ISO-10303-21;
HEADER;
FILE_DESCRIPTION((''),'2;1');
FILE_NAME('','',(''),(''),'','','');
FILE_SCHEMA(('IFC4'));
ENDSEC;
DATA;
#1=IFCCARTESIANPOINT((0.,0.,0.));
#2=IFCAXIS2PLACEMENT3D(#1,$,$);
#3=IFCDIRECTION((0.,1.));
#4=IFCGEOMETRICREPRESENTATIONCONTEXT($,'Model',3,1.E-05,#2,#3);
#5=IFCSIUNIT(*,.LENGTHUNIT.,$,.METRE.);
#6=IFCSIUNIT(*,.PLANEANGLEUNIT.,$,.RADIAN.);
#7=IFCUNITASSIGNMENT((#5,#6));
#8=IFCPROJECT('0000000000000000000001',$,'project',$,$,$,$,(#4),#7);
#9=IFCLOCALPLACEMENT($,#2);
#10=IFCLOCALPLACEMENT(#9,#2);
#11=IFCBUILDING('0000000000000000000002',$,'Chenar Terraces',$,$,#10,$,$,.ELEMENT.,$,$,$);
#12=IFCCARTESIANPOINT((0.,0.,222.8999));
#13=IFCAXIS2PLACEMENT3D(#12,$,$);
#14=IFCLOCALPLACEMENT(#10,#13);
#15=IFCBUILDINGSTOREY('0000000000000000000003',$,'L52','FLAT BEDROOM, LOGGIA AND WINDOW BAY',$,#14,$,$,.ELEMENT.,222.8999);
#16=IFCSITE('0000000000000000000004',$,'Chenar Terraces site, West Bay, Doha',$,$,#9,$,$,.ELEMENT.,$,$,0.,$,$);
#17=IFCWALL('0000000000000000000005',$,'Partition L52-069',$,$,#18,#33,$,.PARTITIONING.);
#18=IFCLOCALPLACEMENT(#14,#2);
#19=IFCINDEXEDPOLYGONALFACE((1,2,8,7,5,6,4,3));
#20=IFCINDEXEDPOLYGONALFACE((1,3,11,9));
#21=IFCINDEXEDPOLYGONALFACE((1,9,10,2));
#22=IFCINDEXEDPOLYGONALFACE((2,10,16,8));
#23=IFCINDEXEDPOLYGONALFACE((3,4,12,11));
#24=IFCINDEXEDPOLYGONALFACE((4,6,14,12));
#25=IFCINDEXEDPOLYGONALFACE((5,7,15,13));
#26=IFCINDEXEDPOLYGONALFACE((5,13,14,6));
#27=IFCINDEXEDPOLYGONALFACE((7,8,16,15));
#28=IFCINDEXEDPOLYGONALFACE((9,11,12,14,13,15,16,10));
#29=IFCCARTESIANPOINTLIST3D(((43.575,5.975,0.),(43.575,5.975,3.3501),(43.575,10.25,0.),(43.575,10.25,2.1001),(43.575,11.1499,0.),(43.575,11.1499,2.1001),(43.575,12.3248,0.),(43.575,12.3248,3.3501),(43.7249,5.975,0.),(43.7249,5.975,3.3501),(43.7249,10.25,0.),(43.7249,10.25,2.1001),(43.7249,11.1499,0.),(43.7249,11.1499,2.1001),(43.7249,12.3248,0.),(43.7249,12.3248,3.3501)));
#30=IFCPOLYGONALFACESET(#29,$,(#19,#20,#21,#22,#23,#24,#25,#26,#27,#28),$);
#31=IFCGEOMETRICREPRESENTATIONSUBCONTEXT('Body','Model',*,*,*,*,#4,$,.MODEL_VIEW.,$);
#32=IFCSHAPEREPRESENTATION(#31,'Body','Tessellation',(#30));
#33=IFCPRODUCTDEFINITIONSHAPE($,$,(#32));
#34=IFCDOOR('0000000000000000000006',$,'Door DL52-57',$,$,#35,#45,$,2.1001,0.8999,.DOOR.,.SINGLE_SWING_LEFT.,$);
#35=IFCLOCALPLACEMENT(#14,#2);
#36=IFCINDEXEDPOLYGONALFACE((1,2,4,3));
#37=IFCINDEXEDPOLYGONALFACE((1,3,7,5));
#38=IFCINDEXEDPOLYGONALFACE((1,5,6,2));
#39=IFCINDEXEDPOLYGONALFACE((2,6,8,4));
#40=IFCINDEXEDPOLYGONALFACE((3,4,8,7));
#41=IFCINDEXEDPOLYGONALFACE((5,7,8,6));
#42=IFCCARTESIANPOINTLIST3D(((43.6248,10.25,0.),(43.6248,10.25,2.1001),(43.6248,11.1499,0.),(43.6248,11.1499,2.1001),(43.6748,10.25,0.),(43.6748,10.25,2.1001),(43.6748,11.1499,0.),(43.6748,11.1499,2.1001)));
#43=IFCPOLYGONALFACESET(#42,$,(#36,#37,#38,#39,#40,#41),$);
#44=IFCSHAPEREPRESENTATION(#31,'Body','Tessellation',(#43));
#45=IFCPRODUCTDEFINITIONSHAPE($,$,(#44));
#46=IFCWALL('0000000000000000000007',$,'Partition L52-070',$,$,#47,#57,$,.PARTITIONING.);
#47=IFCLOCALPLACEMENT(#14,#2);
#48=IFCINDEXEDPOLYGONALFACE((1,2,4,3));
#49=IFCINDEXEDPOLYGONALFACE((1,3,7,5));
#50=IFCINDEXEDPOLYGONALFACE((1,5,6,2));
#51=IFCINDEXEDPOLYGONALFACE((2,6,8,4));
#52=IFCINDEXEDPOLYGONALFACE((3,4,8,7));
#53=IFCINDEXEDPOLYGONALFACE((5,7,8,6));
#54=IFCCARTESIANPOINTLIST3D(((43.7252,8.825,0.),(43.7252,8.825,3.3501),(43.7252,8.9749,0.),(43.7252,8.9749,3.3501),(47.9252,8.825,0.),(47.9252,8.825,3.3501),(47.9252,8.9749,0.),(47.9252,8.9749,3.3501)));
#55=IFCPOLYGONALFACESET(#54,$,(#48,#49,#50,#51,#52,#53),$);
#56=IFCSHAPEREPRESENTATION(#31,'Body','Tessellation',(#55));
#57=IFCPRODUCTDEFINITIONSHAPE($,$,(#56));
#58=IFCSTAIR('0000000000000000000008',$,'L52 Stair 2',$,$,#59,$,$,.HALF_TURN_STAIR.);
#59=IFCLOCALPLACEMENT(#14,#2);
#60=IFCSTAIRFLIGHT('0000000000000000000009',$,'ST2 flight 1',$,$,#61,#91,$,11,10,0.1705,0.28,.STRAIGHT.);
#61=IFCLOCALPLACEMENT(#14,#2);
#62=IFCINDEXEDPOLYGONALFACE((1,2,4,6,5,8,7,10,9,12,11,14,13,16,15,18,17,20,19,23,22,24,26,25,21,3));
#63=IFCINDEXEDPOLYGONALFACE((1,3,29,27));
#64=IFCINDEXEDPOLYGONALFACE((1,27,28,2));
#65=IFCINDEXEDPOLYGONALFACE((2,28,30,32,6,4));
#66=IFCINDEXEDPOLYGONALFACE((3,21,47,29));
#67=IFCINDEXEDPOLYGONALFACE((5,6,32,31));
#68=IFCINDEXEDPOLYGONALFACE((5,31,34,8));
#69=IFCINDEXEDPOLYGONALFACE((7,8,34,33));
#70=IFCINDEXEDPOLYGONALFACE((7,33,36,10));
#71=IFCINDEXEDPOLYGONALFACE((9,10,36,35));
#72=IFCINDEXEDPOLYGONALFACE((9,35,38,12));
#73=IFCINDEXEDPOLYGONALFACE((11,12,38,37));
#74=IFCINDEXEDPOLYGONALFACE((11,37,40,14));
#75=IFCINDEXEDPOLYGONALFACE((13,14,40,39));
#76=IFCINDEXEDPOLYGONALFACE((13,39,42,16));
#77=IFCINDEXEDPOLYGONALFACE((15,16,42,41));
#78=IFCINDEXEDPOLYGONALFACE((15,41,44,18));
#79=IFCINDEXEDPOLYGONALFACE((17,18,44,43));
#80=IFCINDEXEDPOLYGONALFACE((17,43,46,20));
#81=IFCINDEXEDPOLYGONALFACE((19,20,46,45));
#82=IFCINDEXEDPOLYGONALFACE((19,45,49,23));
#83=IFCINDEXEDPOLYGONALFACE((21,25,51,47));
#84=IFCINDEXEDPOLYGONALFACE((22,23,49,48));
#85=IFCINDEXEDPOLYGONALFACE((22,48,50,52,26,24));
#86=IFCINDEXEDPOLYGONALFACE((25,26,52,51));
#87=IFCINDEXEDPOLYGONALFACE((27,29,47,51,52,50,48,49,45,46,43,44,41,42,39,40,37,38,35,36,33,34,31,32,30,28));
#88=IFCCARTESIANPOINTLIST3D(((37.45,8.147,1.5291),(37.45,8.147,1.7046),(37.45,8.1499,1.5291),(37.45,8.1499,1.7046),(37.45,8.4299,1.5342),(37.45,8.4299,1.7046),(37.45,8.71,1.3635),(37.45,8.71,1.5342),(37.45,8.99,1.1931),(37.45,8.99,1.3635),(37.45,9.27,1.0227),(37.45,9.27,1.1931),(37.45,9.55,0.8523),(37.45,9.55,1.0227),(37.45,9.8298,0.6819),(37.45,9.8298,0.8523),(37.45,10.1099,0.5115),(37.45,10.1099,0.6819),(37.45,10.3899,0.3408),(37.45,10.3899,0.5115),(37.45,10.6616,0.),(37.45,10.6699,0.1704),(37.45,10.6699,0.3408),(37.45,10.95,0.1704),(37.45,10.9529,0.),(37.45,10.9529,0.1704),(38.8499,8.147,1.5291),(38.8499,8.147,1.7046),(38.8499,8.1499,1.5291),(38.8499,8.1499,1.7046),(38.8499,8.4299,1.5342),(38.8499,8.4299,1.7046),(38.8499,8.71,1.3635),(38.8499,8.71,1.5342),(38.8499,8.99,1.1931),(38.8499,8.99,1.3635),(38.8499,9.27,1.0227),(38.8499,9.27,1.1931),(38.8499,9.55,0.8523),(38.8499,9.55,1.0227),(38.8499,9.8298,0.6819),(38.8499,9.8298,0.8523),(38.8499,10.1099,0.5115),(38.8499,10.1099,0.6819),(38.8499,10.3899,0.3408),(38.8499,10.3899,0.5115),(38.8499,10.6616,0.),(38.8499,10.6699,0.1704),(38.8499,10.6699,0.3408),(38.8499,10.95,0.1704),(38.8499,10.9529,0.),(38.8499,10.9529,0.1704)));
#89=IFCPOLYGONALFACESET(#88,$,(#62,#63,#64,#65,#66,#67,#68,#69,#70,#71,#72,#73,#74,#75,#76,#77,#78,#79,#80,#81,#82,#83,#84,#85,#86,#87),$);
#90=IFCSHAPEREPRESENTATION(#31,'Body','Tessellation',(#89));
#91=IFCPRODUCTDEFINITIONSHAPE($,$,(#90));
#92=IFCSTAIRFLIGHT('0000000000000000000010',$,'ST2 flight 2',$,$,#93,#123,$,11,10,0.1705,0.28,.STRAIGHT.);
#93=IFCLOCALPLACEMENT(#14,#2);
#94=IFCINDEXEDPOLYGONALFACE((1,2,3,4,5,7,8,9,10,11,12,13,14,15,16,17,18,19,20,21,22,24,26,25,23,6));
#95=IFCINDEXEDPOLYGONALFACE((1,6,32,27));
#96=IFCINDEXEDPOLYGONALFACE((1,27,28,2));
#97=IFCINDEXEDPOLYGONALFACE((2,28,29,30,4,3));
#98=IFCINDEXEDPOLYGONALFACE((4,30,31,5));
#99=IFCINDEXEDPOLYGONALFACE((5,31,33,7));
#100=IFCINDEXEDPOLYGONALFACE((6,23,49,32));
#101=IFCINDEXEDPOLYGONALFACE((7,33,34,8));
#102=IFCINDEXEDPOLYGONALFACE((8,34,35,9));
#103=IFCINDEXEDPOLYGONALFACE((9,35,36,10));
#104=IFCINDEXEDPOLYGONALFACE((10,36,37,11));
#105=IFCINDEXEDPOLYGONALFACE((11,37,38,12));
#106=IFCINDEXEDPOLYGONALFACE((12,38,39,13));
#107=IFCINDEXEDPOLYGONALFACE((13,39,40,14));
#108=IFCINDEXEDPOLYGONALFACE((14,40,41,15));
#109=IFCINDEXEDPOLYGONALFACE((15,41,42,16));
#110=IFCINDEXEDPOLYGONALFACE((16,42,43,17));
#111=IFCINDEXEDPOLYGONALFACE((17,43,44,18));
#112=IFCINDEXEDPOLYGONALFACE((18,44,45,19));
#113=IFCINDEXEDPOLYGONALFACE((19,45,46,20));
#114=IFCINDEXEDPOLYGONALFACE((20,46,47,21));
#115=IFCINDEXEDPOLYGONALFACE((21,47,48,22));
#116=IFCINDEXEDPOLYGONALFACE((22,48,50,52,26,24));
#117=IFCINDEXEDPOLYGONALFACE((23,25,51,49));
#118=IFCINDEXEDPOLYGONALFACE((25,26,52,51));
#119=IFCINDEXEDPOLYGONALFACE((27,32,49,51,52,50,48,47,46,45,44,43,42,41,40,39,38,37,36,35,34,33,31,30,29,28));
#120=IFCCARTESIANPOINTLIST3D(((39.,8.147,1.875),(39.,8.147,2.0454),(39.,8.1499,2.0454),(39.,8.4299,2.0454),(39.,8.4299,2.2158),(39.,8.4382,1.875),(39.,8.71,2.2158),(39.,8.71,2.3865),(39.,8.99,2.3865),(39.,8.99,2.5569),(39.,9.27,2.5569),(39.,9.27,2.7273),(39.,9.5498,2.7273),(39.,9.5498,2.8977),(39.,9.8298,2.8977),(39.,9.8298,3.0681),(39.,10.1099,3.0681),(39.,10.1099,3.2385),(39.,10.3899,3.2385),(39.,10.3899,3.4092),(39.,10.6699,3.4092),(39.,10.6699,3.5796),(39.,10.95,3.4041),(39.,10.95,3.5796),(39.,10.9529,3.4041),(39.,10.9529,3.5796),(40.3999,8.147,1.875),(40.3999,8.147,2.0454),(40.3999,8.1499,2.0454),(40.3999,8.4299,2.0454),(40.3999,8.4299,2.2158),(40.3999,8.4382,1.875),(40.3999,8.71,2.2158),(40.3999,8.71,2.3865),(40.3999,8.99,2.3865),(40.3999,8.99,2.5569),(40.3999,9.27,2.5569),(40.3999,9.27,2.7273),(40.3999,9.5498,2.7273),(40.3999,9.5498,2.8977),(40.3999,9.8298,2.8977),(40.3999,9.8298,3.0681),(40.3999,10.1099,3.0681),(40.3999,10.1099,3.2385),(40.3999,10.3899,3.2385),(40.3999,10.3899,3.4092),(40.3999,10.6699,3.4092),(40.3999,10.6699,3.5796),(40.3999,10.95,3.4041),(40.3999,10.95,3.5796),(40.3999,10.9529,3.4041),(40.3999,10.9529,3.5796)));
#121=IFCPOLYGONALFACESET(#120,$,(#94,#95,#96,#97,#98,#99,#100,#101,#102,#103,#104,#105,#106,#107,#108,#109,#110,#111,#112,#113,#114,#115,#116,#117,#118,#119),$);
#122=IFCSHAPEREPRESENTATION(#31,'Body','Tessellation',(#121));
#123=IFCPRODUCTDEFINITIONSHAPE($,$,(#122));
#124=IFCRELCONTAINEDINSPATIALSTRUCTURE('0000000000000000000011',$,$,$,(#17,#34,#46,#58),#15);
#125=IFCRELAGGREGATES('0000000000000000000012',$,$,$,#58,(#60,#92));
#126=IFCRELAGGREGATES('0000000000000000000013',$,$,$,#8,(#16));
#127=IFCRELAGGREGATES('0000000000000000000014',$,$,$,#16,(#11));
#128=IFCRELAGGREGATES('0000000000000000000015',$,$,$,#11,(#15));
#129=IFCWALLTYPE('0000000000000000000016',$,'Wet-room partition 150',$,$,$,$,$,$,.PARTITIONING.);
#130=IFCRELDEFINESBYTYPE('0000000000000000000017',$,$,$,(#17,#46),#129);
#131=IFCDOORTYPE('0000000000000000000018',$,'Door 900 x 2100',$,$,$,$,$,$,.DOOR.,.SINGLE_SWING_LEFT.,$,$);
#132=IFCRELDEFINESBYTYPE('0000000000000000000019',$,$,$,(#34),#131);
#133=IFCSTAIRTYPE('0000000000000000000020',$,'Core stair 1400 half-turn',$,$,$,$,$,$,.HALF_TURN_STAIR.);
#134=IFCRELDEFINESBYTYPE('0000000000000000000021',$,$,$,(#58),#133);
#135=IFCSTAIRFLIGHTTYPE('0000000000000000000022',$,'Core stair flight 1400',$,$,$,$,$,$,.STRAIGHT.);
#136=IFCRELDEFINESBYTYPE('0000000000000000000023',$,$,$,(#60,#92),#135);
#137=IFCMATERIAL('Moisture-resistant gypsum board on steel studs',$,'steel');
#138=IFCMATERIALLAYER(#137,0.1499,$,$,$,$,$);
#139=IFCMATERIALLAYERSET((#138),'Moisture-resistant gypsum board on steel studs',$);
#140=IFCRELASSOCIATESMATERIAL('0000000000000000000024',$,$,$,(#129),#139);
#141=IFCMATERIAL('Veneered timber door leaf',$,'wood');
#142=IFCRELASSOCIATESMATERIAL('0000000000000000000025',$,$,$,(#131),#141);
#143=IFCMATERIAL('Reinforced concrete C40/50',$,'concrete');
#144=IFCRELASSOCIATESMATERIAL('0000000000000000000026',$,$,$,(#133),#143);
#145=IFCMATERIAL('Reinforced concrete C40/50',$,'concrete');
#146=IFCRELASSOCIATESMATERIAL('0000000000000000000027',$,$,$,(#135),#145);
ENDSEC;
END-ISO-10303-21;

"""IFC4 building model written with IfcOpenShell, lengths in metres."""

from ifc_helpers import new_model, si_unit, direction, frame, frame_2d, origin, place, context, subcontext, project, spatial, polyline, rectangle, outline, extrude, material, layer, layer_set, type_object, element, fill, aggregate, save


model = new_model("IFC4")

# Units and contexts
model_context = context("Model", 3, precision=1e-05, world=origin(), true_north=direction((0.0, 1.0)))
body_context = subcontext(model_context, "Body", "Model", "MODEL_VIEW")
ifc_project = project(units=[si_unit("LENGTHUNIT", "METRE"), si_unit("PLANEANGLEUNIT", "RADIAN")], contexts=[model_context])

# Site, building, storey
site_placement = place(None, origin())
site = spatial("IfcSite", under=ifc_project, at=site_placement, Name="Chenar Terraces site, West Bay, Doha", CompositionType="ELEMENT", RefElevation=0.0)
building_placement = place(site_placement, origin())
building = spatial("IfcBuilding", under=site, at=building_placement, Name="Chenar Terraces", CompositionType="ELEMENT")
storey_placement = place(building_placement, frame((0.0, 0.0, 222.8999)))
storey = spatial("IfcBuildingStorey", under=building, at=storey_placement, Name="L52", Description="FLAT BEDROOM, LOGGIA AND WINDOW BAY", CompositionType="ELEMENT", Elevation=222.8999)

# Shared definitions
ifc_material_1 = material(Name="Moisture-resistant gypsum board on steel studs", Category="steel")
ifc_layer_1 = layer(ifc_material_1, 0.1499)
ifc_layer_set_1 = layer_set([ifc_layer_1], Name="Moisture-resistant gypsum board on steel studs")
wall_type_1 = type_object("IfcWallType", Name="Wet-room partition 150", PredefinedType="PARTITIONING", material=ifc_layer_set_1)
ifc_material_2 = material(Name="Veneered timber door leaf", Category="wood")
door_type_1 = type_object("IfcDoorType", Name="Door 900 x 2100", OperationType="SINGLE_SWING_LEFT", PredefinedType="DOOR", material=ifc_material_2)

# Wall, opening, door
wall_1_placement = place(storey_placement, frame((43.6499, 5.9751, 0.0), z_axis=(0.0, 0.0, 1.0), x_axis=(0.0, 1.0, 0.0)))
wall_1 = element("IfcWall", 1, at=wall_1_placement, inside=storey, type_object=wall_type_1, Name="Partition L52-069", PredefinedType="PARTITIONING", context=body_context, shape_type="SweptSolid", body=[
    extrude(rectangle(XDim=6.3499, YDim=0.1499, at=frame_2d((3.1748, 0.0))), origin(), (0.0, 0.0, 1.0), 3.3501),
])
opening_1_placement = place(wall_1_placement, frame((4.2749, 0.0, 0.0)))
opening_1 = element("IfcOpeningElement", 2, at=opening_1_placement, cuts=wall_1, PredefinedType="OPENING", context=body_context, shape_type="SweptSolid", body=[
    extrude(rectangle(XDim=0.8999, YDim=2.1001, at=frame_2d((0.45, 1.05))), frame((0.0, 0.085, 0.0), z_axis=(0.0, -1.0, 0.0), x_axis=(1.0, 0.0, 0.0)), (0.0, 0.0, 1.0), 0.1699),
])
door_1_placement = place(opening_1_placement, frame((0.8999, 0.0, 0.0), z_axis=(0.0, 0.0, 1.0), x_axis=(-1.0, 0.0, 0.0)))
door_1 = element("IfcDoor", 3, at=door_1_placement, inside=storey, type_object=door_type_1, Name="Door DL52-57", OperationType="SINGLE_SWING_LEFT", OverallHeight=2.1001, OverallWidth=0.8999, PredefinedType="DOOR", context=body_context, shape_type="SweptSolid", body=[
    extrude(rectangle(XDim=0.8999, YDim=2.1001, at=frame_2d((0.45, 1.05))), frame((0.0, 0.0249, 0.0), z_axis=(0.0, -1.0, 0.0), x_axis=(1.0, 0.0, 0.0)), (0.0, 0.0, 1.0), 0.05),
])
fill(opening_1, door_1)

# Wall
wall_2_placement = place(storey_placement, frame((43.7251, 8.8999, 0.0), z_axis=(0.0, 0.0, 1.0), x_axis=(1.0, 0.0, 0.0)))
element("IfcWall", 4, at=wall_2_placement, inside=storey, type_object=wall_type_1, Name="Partition L52-070", PredefinedType="PARTITIONING", context=body_context, shape_type="SweptSolid", body=[
    extrude(rectangle(XDim=4.2, YDim=0.1499, at=frame_2d((2.1001, 0.0))), origin(), (0.0, 0.0, 1.0), 3.3501),
])

# Stair, stair flights
ifc_material_3 = material(Name="Reinforced concrete C40/50", Category="concrete")
stair_type = type_object("IfcStairType", Name="Core stair 1400 half-turn", PredefinedType="HALF_TURN_STAIR", material=ifc_material_3)
stair_placement = place(storey_placement, origin())
stair = element("IfcStair", 5, at=stair_placement, inside=storey, type_object=stair_type, Name="L52 Stair 2", PredefinedType="HALF_TURN_STAIR")
ifc_material_4 = material(Name="Reinforced concrete C40/50", Category="concrete")
stair_flight_type = type_object("IfcStairFlightType", Name="Core stair flight 1400", PredefinedType="STRAIGHT", material=ifc_material_4)
stair_flight_1_placement = place(storey_placement, frame((38.1499, 10.95, 0.0), z_axis=(0.0, 0.0, 1.0), x_axis=(0.0, -1.0, 0.0)))
stair_flight_1 = element("IfcStairFlight", 6, at=stair_flight_1_placement, type_object=stair_flight_type, Name="ST2 flight 1", NumberOfRisers=11, NumberOfTreads=10, PredefinedType="STRAIGHT", RiserHeight=0.1705, TreadLength=0.28, context=body_context, shape_type="SweptSolid", body=[
    extrude(outline(polyline([(-0.0029, 0.0), (-0.0029, 0.1704), (0.0, 0.1704), (0.28, 0.1704), (0.28, 0.3408), (0.5601, 0.3408), (0.5601, 0.5115), (0.8401, 0.5115), (0.8401, 0.6819), (1.1201, 0.6819), (1.1201, 0.8523), (1.3999, 0.8523), (1.3999, 1.0227), (1.6799, 1.0227), (1.6799, 1.1931), (1.96, 1.1931), (1.96, 1.3635), (2.24, 1.3635), (2.24, 1.5342), (2.52, 1.5342), (2.52, 1.7046), (2.8, 1.7046), (2.803, 1.7046), (2.803, 1.5291), (2.8, 1.5291), (0.2883, 0.0), (-0.0029, 0.0)])), frame((0.0, 0.7, 0.0), z_axis=(0.0, -1.0, 0.0), x_axis=(1.0, 0.0, 0.0)), (0.0, 0.0, 1.0), 1.3999),
])
stair_flight_2_placement = place(storey_placement, frame((39.7, 8.1499, 1.875), z_axis=(0.0, 0.0, 1.0), x_axis=(0.0, 1.0, 0.0)))
stair_flight_2 = element("IfcStairFlight", 7, at=stair_flight_2_placement, type_object=stair_flight_type, Name="ST2 flight 2", NumberOfRisers=11, NumberOfTreads=10, PredefinedType="STRAIGHT", RiserHeight=0.1705, TreadLength=0.28, context=body_context, shape_type="SweptSolid", body=[
    extrude(outline(polyline([(-0.0029, 0.0), (-0.0029, 0.1704), (0.0, 0.1704), (0.28, 0.1704), (0.28, 0.3408), (0.5601, 0.3408), (0.5601, 0.5115), (0.8401, 0.5115), (0.8401, 0.6819), (1.1201, 0.6819), (1.1201, 0.8523), (1.3999, 0.8523), (1.3999, 1.0227), (1.6799, 1.0227), (1.6799, 1.1931), (1.96, 1.1931), (1.96, 1.3635), (2.24, 1.3635), (2.24, 1.5342), (2.52, 1.5342), (2.52, 1.7046), (2.8, 1.7046), (2.803, 1.7046), (2.803, 1.5291), (2.8, 1.5291), (0.2883, 0.0), (-0.0029, 0.0)])), frame((0.0, 0.7, 0.0), z_axis=(0.0, -1.0, 0.0), x_axis=(1.0, 0.0, 0.0)), (0.0, 0.0, 1.0), 1.3999),
])
aggregate(stair, [stair_flight_1, stair_flight_2])

save(model, "model.ifc")
